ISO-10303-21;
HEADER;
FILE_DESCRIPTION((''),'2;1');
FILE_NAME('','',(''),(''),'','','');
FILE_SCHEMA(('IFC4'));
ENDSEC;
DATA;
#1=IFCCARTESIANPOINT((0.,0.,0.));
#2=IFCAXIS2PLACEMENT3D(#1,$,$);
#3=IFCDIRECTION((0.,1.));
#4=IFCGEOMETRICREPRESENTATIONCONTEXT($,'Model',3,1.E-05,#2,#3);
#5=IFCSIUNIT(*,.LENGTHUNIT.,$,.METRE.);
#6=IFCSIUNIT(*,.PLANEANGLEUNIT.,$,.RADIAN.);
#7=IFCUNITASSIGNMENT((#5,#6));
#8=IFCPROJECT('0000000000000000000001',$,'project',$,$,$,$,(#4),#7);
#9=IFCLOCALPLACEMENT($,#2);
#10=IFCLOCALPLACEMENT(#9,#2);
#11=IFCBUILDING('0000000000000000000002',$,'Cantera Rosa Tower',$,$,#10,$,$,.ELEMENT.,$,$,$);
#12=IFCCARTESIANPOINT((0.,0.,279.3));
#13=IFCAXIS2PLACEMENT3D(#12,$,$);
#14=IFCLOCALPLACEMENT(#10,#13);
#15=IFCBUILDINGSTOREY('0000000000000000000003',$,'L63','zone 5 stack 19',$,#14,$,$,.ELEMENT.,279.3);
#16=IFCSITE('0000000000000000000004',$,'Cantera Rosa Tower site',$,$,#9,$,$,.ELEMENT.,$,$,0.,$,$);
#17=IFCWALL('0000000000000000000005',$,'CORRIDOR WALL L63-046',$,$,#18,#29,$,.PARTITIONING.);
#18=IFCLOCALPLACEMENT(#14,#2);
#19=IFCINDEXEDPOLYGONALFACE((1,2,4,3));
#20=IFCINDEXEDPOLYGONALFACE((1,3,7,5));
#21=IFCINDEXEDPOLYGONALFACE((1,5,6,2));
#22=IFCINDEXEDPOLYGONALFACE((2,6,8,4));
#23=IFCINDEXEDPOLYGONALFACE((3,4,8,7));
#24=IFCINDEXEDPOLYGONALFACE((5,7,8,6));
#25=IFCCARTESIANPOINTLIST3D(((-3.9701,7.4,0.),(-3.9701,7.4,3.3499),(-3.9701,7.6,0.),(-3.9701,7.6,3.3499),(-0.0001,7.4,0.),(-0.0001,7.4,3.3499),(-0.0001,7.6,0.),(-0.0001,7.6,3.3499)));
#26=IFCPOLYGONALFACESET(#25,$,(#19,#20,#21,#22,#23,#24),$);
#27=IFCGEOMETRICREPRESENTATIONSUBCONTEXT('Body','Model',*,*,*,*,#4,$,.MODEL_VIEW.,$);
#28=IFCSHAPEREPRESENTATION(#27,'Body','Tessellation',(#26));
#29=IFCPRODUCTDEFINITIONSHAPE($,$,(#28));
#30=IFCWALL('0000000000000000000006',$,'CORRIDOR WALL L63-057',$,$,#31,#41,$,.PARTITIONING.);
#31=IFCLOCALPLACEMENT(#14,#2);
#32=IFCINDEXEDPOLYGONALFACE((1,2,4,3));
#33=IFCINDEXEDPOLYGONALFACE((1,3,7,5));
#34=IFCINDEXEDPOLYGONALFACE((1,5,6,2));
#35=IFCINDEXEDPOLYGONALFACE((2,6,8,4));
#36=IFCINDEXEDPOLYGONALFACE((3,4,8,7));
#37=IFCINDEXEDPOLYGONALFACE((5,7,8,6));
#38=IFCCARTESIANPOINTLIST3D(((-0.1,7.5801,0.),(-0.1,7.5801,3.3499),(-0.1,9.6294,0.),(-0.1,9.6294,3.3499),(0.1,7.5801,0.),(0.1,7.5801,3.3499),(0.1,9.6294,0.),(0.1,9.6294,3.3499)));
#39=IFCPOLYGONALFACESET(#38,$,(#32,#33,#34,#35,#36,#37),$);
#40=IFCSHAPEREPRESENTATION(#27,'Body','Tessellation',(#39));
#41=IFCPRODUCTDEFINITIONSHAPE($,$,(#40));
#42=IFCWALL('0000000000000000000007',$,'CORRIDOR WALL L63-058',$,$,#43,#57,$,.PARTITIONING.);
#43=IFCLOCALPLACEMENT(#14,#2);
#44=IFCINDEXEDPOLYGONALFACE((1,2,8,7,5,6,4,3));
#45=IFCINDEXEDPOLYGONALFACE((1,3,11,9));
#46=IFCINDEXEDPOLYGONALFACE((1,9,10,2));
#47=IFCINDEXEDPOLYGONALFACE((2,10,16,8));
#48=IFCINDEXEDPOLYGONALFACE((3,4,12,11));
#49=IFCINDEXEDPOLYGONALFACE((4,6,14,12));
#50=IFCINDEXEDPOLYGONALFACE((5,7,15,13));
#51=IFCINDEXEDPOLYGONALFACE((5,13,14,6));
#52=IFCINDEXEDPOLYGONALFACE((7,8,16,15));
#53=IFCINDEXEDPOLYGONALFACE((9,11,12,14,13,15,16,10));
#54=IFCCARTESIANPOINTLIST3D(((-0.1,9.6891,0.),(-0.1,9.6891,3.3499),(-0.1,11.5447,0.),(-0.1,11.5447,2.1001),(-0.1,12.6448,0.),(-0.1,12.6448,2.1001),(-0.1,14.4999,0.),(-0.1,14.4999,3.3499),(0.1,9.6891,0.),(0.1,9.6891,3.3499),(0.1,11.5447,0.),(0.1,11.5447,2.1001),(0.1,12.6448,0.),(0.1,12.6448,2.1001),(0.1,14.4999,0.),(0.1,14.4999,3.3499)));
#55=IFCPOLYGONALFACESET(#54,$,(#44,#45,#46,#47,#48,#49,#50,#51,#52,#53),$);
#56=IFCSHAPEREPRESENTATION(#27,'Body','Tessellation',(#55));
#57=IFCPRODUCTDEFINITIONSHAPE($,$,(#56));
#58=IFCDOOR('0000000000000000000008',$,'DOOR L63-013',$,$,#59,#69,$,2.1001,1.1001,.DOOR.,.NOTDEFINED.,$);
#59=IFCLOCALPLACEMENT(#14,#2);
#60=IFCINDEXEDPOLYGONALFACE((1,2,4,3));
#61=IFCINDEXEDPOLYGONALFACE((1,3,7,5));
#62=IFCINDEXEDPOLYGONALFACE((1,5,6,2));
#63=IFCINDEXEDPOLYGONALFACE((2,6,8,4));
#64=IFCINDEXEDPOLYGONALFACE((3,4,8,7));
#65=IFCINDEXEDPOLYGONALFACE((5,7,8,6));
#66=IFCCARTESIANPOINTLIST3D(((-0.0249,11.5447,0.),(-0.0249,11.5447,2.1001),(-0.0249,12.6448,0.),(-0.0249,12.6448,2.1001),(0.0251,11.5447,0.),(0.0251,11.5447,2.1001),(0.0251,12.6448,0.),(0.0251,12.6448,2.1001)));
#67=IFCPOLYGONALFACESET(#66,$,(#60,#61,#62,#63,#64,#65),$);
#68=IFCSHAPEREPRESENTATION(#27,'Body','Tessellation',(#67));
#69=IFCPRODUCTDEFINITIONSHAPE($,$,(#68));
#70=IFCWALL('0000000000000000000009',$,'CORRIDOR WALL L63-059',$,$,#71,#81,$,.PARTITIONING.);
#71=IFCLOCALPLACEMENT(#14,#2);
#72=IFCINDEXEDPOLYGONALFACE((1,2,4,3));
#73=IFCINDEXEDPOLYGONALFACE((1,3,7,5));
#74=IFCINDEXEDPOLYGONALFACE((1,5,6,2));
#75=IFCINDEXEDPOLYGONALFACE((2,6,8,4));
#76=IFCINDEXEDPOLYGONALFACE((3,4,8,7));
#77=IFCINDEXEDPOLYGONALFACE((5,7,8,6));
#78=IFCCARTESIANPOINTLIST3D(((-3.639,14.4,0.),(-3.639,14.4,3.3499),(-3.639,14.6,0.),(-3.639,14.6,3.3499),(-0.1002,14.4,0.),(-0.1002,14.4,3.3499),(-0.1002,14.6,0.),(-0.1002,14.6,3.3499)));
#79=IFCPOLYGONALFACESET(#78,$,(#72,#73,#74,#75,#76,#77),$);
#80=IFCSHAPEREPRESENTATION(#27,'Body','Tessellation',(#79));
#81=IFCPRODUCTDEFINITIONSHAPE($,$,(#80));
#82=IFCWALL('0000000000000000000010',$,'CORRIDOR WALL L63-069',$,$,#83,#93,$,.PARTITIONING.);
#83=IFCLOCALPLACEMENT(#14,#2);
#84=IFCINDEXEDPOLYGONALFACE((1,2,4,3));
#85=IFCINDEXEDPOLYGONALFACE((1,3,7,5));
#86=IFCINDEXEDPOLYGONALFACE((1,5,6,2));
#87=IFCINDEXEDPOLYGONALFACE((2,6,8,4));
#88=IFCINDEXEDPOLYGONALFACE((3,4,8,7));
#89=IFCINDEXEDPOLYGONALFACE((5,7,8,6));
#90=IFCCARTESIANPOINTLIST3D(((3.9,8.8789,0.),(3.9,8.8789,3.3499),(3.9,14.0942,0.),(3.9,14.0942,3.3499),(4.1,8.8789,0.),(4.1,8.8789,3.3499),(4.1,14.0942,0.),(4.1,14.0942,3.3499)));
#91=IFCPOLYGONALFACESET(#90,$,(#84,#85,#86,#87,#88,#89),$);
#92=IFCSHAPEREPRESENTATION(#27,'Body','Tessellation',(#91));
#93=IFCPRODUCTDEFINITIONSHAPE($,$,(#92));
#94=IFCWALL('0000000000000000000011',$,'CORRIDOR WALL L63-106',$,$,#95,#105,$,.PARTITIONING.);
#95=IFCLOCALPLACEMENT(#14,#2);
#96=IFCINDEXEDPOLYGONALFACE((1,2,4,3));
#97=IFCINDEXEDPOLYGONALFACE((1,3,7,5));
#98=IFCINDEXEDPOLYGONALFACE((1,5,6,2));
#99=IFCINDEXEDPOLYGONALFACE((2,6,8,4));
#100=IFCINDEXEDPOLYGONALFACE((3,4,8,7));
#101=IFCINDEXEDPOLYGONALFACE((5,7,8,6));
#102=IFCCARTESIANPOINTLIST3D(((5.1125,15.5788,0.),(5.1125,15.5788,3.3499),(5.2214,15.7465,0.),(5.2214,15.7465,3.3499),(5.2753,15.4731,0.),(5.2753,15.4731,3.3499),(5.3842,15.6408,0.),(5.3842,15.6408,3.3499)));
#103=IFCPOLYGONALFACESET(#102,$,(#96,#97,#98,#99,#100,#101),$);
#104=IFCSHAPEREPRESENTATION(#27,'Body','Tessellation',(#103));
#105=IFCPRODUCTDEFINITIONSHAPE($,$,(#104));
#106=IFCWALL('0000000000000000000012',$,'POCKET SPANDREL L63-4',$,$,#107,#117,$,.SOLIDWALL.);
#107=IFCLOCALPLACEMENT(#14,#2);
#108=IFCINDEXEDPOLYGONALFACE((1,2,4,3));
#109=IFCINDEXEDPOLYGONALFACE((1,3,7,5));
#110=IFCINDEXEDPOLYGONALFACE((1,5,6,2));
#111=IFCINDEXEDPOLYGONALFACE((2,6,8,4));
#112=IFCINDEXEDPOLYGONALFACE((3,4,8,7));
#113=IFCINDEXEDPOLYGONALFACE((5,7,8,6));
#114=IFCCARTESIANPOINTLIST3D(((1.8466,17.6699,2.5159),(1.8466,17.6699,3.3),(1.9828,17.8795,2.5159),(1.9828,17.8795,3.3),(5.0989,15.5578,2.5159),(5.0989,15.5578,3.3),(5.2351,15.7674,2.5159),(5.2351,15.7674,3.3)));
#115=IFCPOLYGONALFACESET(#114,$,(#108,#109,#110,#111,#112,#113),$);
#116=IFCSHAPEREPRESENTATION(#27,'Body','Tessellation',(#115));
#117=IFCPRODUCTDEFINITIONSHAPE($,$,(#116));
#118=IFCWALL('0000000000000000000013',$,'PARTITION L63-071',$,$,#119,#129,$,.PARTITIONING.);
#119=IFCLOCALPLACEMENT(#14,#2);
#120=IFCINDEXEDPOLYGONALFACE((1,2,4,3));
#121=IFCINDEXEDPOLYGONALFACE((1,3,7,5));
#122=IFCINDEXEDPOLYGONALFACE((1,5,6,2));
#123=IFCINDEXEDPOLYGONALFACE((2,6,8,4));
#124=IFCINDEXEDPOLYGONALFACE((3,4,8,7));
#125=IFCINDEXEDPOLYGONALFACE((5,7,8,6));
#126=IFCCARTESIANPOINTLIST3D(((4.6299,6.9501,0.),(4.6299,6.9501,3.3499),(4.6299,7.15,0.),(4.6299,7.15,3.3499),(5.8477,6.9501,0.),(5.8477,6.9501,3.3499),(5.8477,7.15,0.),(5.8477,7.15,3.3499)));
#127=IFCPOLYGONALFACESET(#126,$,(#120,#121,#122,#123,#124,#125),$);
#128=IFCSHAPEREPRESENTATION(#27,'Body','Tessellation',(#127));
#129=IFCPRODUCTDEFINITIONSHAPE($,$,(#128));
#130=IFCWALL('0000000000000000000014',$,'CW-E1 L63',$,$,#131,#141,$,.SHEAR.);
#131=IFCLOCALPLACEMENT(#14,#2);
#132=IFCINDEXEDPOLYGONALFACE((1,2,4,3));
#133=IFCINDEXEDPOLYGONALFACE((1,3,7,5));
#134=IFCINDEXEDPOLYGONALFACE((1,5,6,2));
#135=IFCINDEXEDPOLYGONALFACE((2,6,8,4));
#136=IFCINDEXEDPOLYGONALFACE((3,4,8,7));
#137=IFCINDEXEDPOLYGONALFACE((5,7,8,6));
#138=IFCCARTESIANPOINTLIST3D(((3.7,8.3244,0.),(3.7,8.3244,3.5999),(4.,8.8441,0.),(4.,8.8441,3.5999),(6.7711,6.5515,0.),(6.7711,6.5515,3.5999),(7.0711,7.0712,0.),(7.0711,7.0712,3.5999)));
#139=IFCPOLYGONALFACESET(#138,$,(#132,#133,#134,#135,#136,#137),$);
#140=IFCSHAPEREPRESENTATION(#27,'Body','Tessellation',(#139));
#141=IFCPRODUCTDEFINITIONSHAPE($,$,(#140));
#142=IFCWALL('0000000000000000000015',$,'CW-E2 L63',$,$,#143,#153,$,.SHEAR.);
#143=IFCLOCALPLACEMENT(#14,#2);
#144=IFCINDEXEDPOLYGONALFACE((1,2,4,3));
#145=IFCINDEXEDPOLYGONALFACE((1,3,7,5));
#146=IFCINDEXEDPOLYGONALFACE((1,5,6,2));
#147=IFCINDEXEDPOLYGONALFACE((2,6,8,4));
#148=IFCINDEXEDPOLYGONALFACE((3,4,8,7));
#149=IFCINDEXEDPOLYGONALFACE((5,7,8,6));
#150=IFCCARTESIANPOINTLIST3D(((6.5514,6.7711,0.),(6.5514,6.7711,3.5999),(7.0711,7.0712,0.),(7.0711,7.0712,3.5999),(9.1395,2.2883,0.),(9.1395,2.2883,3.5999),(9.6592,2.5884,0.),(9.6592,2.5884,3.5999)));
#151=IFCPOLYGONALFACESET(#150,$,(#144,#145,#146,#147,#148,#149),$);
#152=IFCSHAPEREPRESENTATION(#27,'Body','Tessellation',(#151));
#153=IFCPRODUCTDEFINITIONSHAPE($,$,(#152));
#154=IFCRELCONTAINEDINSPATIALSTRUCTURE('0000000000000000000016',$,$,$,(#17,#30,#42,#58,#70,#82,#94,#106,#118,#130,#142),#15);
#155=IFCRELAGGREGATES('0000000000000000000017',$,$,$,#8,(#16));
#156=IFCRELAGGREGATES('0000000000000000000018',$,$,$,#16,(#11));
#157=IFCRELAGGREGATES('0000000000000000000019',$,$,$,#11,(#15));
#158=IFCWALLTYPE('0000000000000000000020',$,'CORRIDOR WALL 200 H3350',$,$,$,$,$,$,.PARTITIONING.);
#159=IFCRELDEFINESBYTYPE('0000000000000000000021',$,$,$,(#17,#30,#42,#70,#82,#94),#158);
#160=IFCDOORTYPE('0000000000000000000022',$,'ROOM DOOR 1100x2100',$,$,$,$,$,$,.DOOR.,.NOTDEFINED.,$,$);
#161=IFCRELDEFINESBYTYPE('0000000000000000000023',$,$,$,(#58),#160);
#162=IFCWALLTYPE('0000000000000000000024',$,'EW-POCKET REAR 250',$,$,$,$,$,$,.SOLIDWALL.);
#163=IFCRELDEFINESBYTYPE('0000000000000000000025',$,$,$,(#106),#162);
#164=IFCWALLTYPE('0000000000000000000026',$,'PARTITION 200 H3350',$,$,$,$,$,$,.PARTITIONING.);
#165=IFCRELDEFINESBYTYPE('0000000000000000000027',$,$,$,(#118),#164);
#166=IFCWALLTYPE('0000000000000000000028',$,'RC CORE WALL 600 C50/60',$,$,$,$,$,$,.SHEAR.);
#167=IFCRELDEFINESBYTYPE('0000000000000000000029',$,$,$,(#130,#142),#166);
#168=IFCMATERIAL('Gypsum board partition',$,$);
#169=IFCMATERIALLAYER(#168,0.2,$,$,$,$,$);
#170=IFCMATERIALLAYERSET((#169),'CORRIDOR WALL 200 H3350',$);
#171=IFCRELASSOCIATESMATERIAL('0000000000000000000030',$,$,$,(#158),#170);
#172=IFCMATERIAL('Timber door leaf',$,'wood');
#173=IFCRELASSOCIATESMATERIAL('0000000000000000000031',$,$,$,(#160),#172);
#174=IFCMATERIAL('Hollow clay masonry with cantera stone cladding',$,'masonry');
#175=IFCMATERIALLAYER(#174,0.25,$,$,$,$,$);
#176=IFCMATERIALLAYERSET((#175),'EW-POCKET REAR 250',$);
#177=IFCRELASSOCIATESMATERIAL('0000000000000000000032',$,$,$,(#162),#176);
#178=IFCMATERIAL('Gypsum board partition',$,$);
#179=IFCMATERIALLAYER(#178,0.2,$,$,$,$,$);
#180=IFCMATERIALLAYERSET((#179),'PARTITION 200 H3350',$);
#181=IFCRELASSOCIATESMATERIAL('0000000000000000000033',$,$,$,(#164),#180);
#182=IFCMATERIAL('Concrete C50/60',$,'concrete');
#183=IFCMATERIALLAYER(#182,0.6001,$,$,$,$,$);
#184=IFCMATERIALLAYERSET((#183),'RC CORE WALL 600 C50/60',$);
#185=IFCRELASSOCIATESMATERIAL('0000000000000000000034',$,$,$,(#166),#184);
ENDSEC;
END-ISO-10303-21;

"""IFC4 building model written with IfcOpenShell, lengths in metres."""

from ifc_helpers import new_model, si_unit, direction, frame, frame_2d, origin, place, context, subcontext, project, spatial, rectangle, extrude, material, layer, layer_set, type_object, element, fill, save


model = new_model("IFC4")

# Units and contexts
model_context = context("Model", 3, precision=1e-05, world=origin(), true_north=direction((0.0, 1.0)))
body_context = subcontext(model_context, "Body", "Model", "MODEL_VIEW")
ifc_project = project(units=[si_unit("LENGTHUNIT", "METRE"), si_unit("PLANEANGLEUNIT", "RADIAN")], contexts=[model_context])

# Site, building, storey
site_placement = place(None, origin())
site = spatial("IfcSite", under=ifc_project, at=site_placement, Name="Cantera Rosa Tower site", CompositionType="ELEMENT", RefElevation=0.0)
building_placement = place(site_placement, origin())
building = spatial("IfcBuilding", under=site, at=building_placement, Name="Cantera Rosa Tower", CompositionType="ELEMENT")
storey_placement = place(building_placement, frame((0.0, 0.0, 279.3)))
storey = spatial("IfcBuildingStorey", under=building, at=storey_placement, Name="L63", Description="zone 5 stack 19", CompositionType="ELEMENT", Elevation=279.3)

# Walls
ifc_material_1 = material(Name="Gypsum board partition")
ifc_layer_1 = layer(ifc_material_1, 0.2)
ifc_layer_set_1 = layer_set([ifc_layer_1], Name="CORRIDOR WALL 200 H3350")
wall_type_1 = type_object("IfcWallType", Name="CORRIDOR WALL 200 H3350", PredefinedType="PARTITIONING", material=ifc_layer_set_1)
wall_1_placement = place(storey_placement, frame((-3.97, 7.5, 0.0), z_axis=(0.0, 0.0, 1.0), x_axis=(1.0, 0.0, 0.0)))
element("IfcWall", 1, at=wall_1_placement, inside=storey, type_object=wall_type_1, Name="CORRIDOR WALL L63-046", PredefinedType="PARTITIONING", context=body_context, shape_type="SweptSolid", body=[
    extrude(rectangle(XDim=3.97, YDim=0.2, at=frame_2d((1.9849, 0.0))), origin(), (0.0, 0.0, 1.0), 3.3499),
])
wall_2_placement = place(storey_placement, frame((0.0, 7.5801, 0.0), z_axis=(0.0, 0.0, 1.0), x_axis=(0.0, 1.0, 0.0)))
element("IfcWall", 2, at=wall_2_placement, inside=storey, type_object=wall_type_1, Name="CORRIDOR WALL L63-057", PredefinedType="PARTITIONING", context=body_context, shape_type="SweptSolid", body=[
    extrude(rectangle(XDim=2.0493, YDim=0.2, at=frame_2d((1.0247, 0.0))), origin(), (0.0, 0.0, 1.0), 3.3499),
])

# Wall, opening, door
wall_3_placement = place(storey_placement, frame((0.0, 9.6892, 0.0), z_axis=(0.0, 0.0, 1.0), x_axis=(0.0, 1.0, 0.0)))
wall_3 = element("IfcWall", 3, at=wall_3_placement, inside=storey, type_object=wall_type_1, Name="CORRIDOR WALL L63-058", PredefinedType="PARTITIONING", context=body_context, shape_type="SweptSolid", body=[
    extrude(rectangle(XDim=4.8108, YDim=0.2, at=frame_2d((2.4053, 0.0))), origin(), (0.0, 0.0, 1.0), 3.3499),
])
opening_placement = place(wall_3_placement, frame((1.8555, 0.0, 0.0)))
opening = element("IfcOpeningElement", 4, at=opening_placement, cuts=wall_3, PredefinedType="OPENING", context=body_context, shape_type="SweptSolid", body=[
    extrude(rectangle(XDim=1.1001, YDim=2.1001, at=frame_2d((0.55, 1.05))), frame((0.0, 0.1099, 0.0), z_axis=(0.0, -1.0, 0.0), x_axis=(1.0, 0.0, 0.0)), (0.0, 0.0, 1.0), 0.22),
])
ifc_material_2 = material(Name="Timber door leaf", Category="wood")
door_type = type_object("IfcDoorType", Name="ROOM DOOR 1100x2100", OperationType="NOTDEFINED", PredefinedType="DOOR", material=ifc_material_2)
door_placement = place(opening_placement, origin())
door = element("IfcDoor", 5, at=door_placement, inside=storey, type_object=door_type, Name="DOOR L63-013", OperationType="NOTDEFINED", OverallHeight=2.1001, OverallWidth=1.1001, PredefinedType="DOOR", context=body_context, shape_type="SweptSolid", body=[
    extrude(rectangle(XDim=1.1001, YDim=2.1001, at=frame_2d((0.55, 1.05))), frame((0.0, 0.0249, 0.0), z_axis=(0.0, -1.0, 0.0), x_axis=(1.0, 0.0, 0.0)), (0.0, 0.0, 1.0), 0.05),
])
fill(opening, door)

# Walls
wall_4_placement = place(storey_placement, frame((-0.1001, 14.5, 0.0), z_axis=(0.0, 0.0, 1.0), x_axis=(-1.0, 0.0, 0.0)))
element("IfcWall", 6, at=wall_4_placement, inside=storey, type_object=wall_type_1, Name="CORRIDOR WALL L63-059", PredefinedType="PARTITIONING", context=body_context, shape_type="SweptSolid", body=[
    extrude(rectangle(XDim=3.5388, YDim=0.2, at=frame_2d((1.7695, 0.0))), origin(), (0.0, 0.0, 1.0), 3.3499),
])
wall_5_placement = place(storey_placement, frame((4.0, 8.8789, 0.0), z_axis=(0.0, 0.0, 1.0), x_axis=(0.0, 1.0, 0.0)))
element("IfcWall", 7, at=wall_5_placement, inside=storey, type_object=wall_type_1, Name="CORRIDOR WALL L63-069", PredefinedType="PARTITIONING", context=body_context, shape_type="SweptSolid", body=[
    extrude(rectangle(XDim=5.2153, YDim=0.2, at=frame_2d((2.6077, 0.0))), origin(), (0.0, 0.0, 1.0), 3.3499),
])
wall_6_placement = place(storey_placement, frame((5.3298, 15.5569, 0.0), z_axis=(0.0, 0.0, 1.0), x_axis=(-0.83876, 0.544502, 0.0)))
element("IfcWall", 8, at=wall_6_placement, inside=storey, type_object=wall_type_1, Name="CORRIDOR WALL L63-106", PredefinedType="PARTITIONING", context=body_context, shape_type="SweptSolid", body=[
    extrude(rectangle(XDim=0.1941, YDim=0.2, at=frame_2d((0.0972, 0.0))), origin(), (0.0, 0.0, 1.0), 3.3499),
])
ifc_material_3 = material(Name="Hollow clay masonry with cantera stone cladding", Category="masonry")
ifc_layer_2 = layer(ifc_material_3, 0.25)
ifc_layer_set_2 = layer_set([ifc_layer_2], Name="EW-POCKET REAR 250")
wall_type_2 = type_object("IfcWallType", Name="EW-POCKET REAR 250", PredefinedType="SOLIDWALL", material=ifc_layer_set_2)
wall_7_placement = place(storey_placement, frame((5.167, 15.6626, 2.5159), z_axis=(0.0, 0.0, 1.0), x_axis=(-0.838664, 0.54465, 0.0)))
element("IfcWall", 9, at=wall_7_placement, inside=storey, type_object=wall_type_2, Name="POCKET SPANDREL L63-4", PredefinedType="SOLIDWALL", context=body_context, shape_type="SweptSolid", body=[
    extrude(rectangle(XDim=3.8779, YDim=0.25, at=frame_2d((1.939, 0.0))), origin(), (0.0, 0.0, 1.0), 0.7842),
])
ifc_material_4 = material(Name="Gypsum board partition")
ifc_layer_3 = layer(ifc_material_4, 0.2)
ifc_layer_set_3 = layer_set([ifc_layer_3], Name="PARTITION 200 H3350")
wall_type_3 = type_object("IfcWallType", Name="PARTITION 200 H3350", PredefinedType="PARTITIONING", material=ifc_layer_set_3)
wall_8_placement = place(storey_placement, frame((4.6299, 7.05, 0.0), z_axis=(0.0, 0.0, 1.0), x_axis=(1.0, 0.0, 0.0)))
element("IfcWall", 10, at=wall_8_placement, inside=storey, type_object=wall_type_3, Name="PARTITION L63-071", PredefinedType="PARTITIONING", context=body_context, shape_type="SweptSolid", body=[
    extrude(rectangle(XDim=1.2178, YDim=0.2, at=frame_2d((0.6089, 0.0))), origin(), (0.0, 0.0, 1.0), 3.3499),
])
ifc_material_5 = material(Name="Concrete C50/60", Category="concrete")
ifc_layer_4 = layer(ifc_material_5, 0.6001)
ifc_layer_set_4 = layer_set([ifc_layer_4], Name="RC CORE WALL 600 C50/60")
wall_type_4 = type_object("IfcWallType", Name="RC CORE WALL 600 C50/60", PredefinedType="SHEAR", material=ifc_layer_set_4)
wall_9_placement = place(storey_placement, frame((3.8501, 8.5842, 0.0), z_axis=(0.0, 0.0, 1.0), x_axis=(0.86604, -0.499975, 0.0)))
element("IfcWall", 11, at=wall_9_placement, inside=storey, type_object=wall_type_4, Name="CW-E1 L63", PredefinedType="SHEAR", context=body_context, shape_type="SweptSolid", body=[
    extrude(rectangle(XDim=3.5461, YDim=0.6001, at=frame_2d((1.7729, 0.0))), origin(), (0.0, 0.0, 1.0), 3.5999),
])
wall_10_placement = place(storey_placement, frame((6.8113, 6.9211, 0.0), z_axis=(0.0, 0.0, 1.0), x_axis=(0.499989, -0.866032, 0.0)))
element("IfcWall", 12, at=wall_10_placement, inside=storey, type_object=wall_type_4, Name="CW-E2 L63", PredefinedType="SHEAR", context=body_context, shape_type="SweptSolid", body=[
    extrude(rectangle(XDim=5.1763, YDim=0.6001, at=frame_2d((2.5881, 0.0))), origin(), (0.0, 0.0, 1.0), 3.5999),
])

save(model, "model.ifc")
